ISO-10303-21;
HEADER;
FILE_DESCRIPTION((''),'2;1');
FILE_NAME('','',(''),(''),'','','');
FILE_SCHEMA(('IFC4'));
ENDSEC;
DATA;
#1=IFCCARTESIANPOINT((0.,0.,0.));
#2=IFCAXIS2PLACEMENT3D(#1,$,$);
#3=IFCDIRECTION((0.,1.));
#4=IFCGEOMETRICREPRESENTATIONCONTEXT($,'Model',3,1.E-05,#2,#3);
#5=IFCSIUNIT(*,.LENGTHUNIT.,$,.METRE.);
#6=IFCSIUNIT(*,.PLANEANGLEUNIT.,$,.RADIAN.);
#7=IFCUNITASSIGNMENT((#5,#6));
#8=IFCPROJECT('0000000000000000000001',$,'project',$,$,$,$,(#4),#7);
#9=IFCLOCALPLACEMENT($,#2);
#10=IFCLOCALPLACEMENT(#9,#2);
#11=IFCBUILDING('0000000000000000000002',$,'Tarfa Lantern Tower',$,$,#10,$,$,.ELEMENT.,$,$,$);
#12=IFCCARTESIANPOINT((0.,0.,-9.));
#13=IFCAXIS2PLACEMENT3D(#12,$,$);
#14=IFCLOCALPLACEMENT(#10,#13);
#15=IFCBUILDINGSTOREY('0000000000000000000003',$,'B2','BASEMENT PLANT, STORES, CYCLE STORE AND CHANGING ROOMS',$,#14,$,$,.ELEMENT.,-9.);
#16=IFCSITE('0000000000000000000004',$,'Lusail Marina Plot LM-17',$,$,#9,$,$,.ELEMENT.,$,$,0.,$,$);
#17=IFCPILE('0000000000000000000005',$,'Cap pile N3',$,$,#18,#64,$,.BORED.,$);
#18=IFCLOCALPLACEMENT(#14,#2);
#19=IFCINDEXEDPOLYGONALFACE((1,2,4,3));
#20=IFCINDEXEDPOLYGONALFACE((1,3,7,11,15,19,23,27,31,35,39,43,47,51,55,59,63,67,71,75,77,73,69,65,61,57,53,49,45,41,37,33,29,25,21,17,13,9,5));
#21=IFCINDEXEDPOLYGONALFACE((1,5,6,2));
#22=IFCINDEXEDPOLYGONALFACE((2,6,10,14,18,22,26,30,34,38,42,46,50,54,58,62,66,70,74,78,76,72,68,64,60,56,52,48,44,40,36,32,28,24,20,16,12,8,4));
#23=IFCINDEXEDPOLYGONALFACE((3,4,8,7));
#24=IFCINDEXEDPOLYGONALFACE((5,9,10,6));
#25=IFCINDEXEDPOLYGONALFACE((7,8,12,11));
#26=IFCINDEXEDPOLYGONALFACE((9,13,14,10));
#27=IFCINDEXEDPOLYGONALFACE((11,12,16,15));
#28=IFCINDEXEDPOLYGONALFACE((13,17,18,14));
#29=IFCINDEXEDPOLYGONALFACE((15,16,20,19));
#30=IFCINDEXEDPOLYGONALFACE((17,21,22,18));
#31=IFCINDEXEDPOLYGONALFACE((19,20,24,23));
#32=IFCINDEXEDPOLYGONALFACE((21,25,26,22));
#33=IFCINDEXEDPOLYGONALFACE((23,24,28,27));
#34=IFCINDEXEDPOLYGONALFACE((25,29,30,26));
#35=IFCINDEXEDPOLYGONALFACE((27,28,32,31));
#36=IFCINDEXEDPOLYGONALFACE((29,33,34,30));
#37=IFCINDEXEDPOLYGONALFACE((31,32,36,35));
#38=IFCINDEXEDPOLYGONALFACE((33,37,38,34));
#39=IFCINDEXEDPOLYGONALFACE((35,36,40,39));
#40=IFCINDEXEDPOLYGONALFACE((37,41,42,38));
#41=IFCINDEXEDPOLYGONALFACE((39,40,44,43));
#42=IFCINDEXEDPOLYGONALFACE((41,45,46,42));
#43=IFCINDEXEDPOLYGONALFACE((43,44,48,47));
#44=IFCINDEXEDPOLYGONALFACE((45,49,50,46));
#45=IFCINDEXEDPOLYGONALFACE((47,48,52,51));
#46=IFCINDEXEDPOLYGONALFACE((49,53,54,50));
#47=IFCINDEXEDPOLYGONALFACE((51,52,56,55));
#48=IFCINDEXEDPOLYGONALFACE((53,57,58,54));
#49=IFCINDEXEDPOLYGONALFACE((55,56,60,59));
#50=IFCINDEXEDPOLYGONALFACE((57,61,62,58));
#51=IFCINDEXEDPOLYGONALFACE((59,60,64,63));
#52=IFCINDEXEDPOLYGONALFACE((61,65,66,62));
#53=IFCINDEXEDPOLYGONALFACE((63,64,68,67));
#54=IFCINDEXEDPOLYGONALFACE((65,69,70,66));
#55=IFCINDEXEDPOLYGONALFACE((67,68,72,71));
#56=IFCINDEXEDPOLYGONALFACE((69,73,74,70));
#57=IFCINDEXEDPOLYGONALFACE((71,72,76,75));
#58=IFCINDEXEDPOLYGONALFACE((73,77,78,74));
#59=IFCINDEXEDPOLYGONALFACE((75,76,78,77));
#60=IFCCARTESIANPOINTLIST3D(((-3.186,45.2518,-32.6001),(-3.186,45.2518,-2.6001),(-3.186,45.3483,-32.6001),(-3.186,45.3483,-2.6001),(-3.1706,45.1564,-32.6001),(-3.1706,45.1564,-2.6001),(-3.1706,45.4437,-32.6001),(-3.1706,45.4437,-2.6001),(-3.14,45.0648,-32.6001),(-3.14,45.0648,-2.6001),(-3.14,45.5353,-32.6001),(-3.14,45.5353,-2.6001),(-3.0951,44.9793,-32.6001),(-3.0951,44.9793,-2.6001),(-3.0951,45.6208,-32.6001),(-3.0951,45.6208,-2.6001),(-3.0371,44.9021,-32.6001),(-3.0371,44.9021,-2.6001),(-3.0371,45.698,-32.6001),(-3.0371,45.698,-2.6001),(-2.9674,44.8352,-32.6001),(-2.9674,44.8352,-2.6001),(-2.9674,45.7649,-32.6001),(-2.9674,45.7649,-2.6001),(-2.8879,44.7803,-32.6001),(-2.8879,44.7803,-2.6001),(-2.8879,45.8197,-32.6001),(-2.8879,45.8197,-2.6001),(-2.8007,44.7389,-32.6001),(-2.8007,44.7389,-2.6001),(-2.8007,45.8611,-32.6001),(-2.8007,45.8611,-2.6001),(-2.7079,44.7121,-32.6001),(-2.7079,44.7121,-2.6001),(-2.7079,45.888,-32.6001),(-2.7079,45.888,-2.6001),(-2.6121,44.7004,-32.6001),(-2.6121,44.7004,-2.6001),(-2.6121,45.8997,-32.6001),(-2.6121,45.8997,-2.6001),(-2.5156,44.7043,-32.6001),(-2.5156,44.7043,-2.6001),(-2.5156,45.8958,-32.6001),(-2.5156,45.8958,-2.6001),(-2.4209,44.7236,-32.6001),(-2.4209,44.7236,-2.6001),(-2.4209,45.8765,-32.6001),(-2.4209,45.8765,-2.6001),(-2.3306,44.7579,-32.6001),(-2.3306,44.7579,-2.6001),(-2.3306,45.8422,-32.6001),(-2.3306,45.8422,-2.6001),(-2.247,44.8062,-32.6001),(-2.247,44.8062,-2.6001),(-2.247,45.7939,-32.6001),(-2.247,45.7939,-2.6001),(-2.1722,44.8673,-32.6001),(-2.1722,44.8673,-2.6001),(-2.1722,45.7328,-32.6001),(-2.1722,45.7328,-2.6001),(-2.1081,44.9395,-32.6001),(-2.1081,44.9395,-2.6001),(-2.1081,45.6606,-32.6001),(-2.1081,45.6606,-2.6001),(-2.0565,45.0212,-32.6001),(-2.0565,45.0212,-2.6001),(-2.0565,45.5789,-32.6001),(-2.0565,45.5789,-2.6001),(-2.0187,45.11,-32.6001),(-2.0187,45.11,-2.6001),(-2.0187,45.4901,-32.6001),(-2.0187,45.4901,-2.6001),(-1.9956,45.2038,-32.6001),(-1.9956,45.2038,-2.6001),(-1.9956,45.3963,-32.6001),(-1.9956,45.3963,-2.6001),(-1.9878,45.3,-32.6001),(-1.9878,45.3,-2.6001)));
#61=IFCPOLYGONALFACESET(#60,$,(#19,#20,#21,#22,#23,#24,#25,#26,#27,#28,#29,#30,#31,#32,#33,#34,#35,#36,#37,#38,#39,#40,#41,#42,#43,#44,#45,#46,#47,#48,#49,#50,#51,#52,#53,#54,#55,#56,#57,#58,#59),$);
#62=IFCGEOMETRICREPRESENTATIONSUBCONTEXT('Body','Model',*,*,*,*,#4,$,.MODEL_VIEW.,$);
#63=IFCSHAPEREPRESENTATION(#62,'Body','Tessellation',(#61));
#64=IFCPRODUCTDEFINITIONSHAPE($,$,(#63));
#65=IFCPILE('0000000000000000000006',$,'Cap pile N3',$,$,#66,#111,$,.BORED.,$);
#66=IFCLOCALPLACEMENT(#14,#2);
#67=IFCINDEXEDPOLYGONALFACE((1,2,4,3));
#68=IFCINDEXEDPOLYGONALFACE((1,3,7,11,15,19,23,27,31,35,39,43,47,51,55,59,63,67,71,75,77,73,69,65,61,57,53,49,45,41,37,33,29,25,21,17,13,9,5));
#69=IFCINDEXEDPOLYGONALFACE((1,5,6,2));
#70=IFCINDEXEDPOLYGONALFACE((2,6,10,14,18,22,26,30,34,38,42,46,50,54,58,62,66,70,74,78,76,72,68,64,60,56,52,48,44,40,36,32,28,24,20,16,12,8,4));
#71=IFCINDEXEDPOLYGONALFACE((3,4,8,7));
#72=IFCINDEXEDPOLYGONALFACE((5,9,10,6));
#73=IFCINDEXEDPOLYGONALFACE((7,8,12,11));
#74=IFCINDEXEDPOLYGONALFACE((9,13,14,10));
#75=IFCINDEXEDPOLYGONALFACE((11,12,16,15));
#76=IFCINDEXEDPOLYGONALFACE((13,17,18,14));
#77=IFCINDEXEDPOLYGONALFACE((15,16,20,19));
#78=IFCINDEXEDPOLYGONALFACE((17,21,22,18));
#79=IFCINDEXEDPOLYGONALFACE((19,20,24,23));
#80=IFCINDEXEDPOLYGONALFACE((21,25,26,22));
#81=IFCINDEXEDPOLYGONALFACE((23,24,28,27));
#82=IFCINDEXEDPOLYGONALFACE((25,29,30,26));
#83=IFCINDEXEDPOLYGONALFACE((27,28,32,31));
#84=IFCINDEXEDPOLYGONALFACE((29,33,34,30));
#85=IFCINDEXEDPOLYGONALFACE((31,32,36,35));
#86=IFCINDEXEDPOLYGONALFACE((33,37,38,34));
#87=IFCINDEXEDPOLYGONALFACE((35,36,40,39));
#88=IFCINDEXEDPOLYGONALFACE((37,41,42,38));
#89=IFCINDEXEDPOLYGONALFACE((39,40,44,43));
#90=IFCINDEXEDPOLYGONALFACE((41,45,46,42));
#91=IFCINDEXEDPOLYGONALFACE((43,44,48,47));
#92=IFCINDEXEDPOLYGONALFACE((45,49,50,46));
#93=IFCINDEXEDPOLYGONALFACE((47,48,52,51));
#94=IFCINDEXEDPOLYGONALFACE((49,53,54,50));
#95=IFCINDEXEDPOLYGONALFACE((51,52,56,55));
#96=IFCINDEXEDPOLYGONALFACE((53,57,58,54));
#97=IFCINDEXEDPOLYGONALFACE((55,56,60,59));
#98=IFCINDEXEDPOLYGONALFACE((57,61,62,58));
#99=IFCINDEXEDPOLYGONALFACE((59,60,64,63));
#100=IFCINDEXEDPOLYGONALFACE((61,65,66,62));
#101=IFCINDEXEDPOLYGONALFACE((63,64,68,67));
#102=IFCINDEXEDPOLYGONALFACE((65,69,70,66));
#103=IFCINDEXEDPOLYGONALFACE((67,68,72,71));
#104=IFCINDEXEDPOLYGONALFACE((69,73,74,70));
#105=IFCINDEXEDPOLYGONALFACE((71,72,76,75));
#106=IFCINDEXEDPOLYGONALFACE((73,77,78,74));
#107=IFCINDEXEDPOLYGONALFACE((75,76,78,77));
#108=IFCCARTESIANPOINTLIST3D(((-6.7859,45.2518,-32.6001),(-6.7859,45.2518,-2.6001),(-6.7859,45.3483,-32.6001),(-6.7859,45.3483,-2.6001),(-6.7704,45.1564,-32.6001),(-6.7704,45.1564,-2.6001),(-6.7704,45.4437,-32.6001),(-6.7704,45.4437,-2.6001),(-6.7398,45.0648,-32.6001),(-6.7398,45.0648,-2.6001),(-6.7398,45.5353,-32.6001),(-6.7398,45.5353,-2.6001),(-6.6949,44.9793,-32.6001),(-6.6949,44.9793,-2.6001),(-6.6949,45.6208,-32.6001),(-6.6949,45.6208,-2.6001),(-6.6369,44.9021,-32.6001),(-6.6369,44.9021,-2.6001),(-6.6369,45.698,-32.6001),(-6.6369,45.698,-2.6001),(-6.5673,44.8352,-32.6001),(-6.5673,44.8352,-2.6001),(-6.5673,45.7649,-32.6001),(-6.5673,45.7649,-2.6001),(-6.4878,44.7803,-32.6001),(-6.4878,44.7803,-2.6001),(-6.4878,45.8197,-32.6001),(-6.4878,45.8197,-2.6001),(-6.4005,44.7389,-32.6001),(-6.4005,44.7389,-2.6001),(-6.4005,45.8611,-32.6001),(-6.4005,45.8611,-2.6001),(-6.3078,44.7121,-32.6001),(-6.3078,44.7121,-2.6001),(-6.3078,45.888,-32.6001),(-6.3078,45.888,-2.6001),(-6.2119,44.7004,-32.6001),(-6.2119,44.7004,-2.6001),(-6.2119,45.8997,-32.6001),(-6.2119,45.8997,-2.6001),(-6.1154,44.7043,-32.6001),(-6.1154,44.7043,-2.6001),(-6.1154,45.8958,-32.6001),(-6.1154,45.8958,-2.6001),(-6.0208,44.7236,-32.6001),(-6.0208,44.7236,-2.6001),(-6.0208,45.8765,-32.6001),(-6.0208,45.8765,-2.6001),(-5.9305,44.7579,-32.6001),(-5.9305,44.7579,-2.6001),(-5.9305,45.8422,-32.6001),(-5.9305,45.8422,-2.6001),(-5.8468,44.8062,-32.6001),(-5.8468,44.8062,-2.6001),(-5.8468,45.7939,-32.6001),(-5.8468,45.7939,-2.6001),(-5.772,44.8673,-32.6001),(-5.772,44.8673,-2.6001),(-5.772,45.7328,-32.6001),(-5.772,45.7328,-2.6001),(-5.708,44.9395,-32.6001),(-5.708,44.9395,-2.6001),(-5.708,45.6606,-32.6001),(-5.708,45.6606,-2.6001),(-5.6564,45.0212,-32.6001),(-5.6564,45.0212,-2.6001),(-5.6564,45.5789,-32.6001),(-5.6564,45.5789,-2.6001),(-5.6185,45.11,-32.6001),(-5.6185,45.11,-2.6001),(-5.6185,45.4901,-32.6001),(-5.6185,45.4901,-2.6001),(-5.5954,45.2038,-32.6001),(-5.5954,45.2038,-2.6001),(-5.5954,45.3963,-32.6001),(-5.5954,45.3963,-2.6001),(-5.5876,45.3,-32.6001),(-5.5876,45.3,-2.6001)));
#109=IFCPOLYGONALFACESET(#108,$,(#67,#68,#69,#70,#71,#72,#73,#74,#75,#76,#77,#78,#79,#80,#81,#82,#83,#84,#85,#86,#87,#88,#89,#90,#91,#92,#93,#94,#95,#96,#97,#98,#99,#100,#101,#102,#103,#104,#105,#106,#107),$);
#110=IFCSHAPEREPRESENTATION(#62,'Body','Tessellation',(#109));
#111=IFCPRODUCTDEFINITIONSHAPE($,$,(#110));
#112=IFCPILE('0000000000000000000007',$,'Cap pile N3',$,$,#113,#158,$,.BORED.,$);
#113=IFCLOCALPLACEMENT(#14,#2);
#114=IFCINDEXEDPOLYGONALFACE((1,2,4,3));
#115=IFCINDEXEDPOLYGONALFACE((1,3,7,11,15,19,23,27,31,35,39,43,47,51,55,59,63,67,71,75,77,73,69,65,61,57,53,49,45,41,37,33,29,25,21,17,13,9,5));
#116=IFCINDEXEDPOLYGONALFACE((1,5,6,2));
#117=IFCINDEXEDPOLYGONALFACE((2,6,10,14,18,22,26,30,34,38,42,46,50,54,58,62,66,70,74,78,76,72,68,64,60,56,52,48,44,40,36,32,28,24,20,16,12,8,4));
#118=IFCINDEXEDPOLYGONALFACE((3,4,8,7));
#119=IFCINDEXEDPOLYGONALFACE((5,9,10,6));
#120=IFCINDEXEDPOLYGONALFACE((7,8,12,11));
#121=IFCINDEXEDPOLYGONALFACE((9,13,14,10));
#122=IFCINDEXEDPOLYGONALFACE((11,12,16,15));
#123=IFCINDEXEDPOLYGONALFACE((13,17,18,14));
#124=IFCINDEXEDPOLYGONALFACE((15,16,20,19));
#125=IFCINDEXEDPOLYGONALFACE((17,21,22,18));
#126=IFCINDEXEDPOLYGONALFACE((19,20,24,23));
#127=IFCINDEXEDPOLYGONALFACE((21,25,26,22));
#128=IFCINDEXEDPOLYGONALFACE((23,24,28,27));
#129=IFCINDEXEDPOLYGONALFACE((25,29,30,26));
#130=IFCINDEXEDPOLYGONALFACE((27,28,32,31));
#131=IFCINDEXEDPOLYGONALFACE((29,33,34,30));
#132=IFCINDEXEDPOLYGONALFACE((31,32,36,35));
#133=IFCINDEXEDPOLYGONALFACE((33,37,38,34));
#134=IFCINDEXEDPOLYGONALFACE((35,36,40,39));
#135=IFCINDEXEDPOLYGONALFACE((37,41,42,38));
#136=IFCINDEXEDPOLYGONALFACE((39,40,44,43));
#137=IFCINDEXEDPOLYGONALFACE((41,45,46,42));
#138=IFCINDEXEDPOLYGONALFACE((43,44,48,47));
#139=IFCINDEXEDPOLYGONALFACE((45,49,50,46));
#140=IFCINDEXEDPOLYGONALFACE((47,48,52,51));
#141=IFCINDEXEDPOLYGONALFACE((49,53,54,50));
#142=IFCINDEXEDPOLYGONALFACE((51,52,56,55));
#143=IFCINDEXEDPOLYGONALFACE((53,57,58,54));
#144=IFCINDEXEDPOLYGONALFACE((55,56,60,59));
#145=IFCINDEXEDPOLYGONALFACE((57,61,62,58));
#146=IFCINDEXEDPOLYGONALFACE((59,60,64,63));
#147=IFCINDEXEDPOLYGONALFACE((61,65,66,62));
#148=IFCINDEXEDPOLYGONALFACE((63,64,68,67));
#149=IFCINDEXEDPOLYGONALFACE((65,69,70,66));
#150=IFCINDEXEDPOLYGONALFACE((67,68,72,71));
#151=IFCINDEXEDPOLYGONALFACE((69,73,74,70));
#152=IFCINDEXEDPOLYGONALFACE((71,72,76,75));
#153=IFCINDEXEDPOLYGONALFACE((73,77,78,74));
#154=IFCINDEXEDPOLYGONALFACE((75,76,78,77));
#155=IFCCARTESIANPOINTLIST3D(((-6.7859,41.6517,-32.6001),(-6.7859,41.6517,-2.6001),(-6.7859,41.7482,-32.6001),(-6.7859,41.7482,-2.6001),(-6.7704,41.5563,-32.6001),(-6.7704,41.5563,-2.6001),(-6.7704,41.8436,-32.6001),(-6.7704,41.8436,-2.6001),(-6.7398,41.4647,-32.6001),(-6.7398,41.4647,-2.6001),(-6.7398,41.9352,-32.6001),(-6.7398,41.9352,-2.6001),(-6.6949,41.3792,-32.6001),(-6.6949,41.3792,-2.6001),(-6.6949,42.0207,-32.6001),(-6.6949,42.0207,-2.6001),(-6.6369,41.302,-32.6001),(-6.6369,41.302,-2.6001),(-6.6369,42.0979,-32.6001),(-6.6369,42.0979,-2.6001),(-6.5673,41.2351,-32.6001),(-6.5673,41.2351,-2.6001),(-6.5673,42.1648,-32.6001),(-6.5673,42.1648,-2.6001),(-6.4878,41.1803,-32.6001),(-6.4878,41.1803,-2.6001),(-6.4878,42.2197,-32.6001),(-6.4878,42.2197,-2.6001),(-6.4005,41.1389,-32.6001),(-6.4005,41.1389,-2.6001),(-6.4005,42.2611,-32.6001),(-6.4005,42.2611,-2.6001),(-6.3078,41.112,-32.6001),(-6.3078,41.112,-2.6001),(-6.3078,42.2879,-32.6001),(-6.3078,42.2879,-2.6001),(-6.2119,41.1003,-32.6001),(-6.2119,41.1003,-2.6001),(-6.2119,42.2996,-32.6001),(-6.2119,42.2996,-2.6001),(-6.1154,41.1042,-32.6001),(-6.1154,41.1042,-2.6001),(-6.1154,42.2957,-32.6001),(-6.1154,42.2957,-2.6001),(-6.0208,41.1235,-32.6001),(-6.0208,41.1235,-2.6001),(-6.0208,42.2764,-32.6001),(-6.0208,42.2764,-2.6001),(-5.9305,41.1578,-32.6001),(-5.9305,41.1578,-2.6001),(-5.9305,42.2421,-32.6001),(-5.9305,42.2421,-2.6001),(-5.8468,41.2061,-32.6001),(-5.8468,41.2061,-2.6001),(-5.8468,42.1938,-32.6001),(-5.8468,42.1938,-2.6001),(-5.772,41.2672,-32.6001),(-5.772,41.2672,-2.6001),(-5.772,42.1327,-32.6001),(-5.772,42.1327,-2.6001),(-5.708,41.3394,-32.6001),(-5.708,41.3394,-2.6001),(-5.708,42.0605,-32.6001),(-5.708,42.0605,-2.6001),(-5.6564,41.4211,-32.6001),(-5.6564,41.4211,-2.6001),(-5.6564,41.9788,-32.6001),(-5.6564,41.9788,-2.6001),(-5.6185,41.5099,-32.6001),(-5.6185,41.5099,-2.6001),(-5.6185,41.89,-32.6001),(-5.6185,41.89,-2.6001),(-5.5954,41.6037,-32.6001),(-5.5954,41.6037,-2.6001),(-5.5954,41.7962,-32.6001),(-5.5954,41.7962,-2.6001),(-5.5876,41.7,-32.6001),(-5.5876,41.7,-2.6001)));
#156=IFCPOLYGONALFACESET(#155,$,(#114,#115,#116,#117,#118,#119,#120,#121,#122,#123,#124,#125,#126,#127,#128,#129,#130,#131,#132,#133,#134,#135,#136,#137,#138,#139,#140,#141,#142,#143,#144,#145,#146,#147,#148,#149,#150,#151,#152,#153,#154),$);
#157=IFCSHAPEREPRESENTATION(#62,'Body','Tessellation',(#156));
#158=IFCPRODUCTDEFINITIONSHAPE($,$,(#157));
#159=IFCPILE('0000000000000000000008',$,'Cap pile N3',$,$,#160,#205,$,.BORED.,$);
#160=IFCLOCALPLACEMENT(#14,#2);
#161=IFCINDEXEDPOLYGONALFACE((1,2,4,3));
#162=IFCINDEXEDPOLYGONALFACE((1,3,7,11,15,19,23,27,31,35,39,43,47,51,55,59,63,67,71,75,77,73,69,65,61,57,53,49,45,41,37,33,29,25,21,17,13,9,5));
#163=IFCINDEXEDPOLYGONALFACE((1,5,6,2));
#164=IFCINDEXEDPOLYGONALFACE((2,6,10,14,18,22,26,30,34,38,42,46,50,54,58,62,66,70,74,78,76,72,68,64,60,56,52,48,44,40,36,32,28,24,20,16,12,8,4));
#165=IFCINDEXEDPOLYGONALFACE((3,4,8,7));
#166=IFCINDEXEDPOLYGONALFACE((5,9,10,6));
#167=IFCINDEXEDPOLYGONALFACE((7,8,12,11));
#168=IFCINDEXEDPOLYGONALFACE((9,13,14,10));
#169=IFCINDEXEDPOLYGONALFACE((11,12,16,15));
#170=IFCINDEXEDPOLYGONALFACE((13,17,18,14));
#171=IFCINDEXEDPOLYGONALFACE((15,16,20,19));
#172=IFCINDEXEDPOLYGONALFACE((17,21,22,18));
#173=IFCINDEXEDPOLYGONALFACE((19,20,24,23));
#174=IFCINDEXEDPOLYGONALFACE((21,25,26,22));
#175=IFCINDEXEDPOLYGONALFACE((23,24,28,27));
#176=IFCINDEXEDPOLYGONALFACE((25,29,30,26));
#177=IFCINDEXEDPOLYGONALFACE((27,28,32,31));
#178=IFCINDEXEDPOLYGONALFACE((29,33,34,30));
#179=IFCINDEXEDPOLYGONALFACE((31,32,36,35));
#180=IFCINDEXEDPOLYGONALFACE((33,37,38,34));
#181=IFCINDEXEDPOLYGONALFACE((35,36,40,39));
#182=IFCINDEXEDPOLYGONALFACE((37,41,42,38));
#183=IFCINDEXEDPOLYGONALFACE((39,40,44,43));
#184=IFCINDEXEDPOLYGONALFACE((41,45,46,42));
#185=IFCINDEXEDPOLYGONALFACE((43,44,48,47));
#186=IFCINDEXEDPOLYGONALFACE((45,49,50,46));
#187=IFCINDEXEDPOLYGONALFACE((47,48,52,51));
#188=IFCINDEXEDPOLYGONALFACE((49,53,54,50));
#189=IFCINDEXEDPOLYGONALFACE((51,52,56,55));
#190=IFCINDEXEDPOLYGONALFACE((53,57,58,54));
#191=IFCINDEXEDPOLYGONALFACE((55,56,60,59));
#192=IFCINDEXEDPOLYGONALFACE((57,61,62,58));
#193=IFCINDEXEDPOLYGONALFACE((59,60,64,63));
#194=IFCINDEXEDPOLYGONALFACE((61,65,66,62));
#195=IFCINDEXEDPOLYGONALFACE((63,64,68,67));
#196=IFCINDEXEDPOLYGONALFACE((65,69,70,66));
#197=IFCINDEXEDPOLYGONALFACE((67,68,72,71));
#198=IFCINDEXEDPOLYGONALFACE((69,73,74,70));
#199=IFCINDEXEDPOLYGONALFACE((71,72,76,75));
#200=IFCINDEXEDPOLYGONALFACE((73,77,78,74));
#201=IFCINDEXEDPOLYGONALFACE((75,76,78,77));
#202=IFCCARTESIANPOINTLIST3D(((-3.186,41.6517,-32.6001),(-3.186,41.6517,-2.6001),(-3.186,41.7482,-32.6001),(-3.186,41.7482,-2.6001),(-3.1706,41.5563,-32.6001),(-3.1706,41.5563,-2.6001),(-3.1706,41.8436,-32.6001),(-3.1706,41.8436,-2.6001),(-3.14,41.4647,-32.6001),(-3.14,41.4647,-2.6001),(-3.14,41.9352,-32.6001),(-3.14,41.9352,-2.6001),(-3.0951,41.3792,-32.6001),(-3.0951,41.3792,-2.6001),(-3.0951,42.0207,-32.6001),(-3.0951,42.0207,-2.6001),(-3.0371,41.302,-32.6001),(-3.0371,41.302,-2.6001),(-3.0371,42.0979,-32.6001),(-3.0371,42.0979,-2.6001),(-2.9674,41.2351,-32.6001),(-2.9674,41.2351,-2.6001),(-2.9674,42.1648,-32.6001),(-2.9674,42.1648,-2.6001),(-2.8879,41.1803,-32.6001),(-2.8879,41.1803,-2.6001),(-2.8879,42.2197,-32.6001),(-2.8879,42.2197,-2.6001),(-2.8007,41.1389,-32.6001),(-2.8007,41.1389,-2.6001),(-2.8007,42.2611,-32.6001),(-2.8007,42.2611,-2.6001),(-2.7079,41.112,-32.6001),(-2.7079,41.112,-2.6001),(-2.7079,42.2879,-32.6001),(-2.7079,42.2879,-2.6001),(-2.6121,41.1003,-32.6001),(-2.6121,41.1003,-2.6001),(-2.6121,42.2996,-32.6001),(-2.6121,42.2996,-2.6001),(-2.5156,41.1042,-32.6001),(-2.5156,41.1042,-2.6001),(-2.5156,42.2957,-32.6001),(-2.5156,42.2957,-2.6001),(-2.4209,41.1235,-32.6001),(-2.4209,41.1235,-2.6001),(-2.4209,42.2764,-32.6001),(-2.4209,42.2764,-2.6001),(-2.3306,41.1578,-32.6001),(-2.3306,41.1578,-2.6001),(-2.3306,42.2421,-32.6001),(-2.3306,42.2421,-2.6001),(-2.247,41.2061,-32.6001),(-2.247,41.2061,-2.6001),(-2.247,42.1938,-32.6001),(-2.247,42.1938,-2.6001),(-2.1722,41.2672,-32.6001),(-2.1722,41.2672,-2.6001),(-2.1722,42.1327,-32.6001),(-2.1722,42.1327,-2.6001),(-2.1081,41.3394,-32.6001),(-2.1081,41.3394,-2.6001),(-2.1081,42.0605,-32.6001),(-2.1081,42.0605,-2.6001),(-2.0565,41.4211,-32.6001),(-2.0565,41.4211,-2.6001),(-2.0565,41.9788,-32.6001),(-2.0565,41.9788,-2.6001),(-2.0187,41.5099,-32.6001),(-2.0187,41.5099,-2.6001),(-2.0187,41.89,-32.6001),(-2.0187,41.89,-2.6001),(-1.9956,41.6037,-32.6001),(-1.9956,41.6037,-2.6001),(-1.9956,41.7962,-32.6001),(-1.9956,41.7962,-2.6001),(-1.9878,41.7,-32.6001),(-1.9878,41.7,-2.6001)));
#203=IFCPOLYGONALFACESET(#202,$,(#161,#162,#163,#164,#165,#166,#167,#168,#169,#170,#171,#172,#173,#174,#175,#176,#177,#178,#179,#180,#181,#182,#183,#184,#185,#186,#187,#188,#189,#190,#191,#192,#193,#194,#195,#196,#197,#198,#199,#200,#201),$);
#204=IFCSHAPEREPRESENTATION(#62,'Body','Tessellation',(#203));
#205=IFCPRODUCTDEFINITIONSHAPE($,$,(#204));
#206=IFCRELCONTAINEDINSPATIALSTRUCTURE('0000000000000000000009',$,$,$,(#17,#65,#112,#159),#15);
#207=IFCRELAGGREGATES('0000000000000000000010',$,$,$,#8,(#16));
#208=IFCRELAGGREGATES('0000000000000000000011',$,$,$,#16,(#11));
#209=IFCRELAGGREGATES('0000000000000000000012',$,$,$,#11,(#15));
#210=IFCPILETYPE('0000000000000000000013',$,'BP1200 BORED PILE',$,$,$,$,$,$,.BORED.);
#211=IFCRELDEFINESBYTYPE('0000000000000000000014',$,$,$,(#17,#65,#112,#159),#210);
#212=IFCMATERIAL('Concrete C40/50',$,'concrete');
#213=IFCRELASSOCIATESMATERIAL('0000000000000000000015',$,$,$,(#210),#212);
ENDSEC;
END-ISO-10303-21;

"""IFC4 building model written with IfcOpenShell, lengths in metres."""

from ifc_helpers import new_model, si_unit, direction, frame, origin, origin_2d, place, context, subcontext, project, spatial, circle, extrude, material, material_profile, profile_set, type_object, element, save


model = new_model("IFC4")

# Units and contexts
model_context = context("Model", 3, precision=1e-05, world=origin(), true_north=direction((0.0, 1.0)))
body_context = subcontext(model_context, "Body", "Model", "MODEL_VIEW")
ifc_project = project(units=[si_unit("LENGTHUNIT", "METRE"), si_unit("PLANEANGLEUNIT", "RADIAN")], contexts=[model_context])

# Site, building, storey
site_placement = place(None, origin())
site = spatial("IfcSite", under=ifc_project, at=site_placement, Name="Lusail Marina Plot LM-17", CompositionType="ELEMENT", RefElevation=0.0)
building_placement = place(site_placement, origin())
building = spatial("IfcBuilding", under=site, at=building_placement, Name="Tarfa Lantern Tower", CompositionType="ELEMENT")
storey_placement = place(building_placement, frame((0.0, 0.0, -9.0)))
storey = spatial("IfcBuildingStorey", under=building, at=storey_placement, Name="B2", Description="BASEMENT PLANT, STORES, CYCLE STORE AND CHANGING ROOMS", CompositionType="ELEMENT", Elevation=-9.0)

# Piles
ifc_material_1 = material(Name="Concrete C40/50", Category="concrete")
ifc_material_profile_1 = material_profile(ifc_material_1, circle(Radius=0.6001, at=origin_2d()), Name="BORED PILE D1200")
ifc_profile_set_1 = profile_set([ifc_material_profile_1], Name="Concrete C40/50")
pile_type_1 = type_object("IfcPileType", Name="BP1200 BORED PILE", PredefinedType="BORED", material=ifc_profile_set_1)
for number, where, z_axis, x_axis, name in (
    (1, (-2.5879, 45.3, -2.6001), (0.0, 0.0, -1.0), (1.0, 0.0, 0.0), "Cap pile N3"),
    (2, (-6.1877, 45.3, -2.6001), (0.0, 0.0, -1.0), (1.0, 0.0, 0.0), "Cap pile N3"),
    (3, (-6.1877, 41.7, -2.6001), (0.0, 0.0, -1.0), (1.0, 0.0, 0.0), "Cap pile N3"),
    (4, (-2.5879, 41.7, -2.6001), (0.0, 0.0, -1.0), (1.0, 0.0, 0.0), "Cap pile N3"),
):
    element("IfcPile", number, at=place(storey_placement, frame(where, z_axis=z_axis, x_axis=x_axis)), inside=storey, type_object=pile_type_1, Name=name, PredefinedType="BORED", context=body_context, shape_type="SweptSolid", body=[
        extrude(circle(Radius=0.6001, at=origin_2d()), origin(), (0.0, 0.0, 1.0), 30.0),
    ])

save(model, "model.ifc")
